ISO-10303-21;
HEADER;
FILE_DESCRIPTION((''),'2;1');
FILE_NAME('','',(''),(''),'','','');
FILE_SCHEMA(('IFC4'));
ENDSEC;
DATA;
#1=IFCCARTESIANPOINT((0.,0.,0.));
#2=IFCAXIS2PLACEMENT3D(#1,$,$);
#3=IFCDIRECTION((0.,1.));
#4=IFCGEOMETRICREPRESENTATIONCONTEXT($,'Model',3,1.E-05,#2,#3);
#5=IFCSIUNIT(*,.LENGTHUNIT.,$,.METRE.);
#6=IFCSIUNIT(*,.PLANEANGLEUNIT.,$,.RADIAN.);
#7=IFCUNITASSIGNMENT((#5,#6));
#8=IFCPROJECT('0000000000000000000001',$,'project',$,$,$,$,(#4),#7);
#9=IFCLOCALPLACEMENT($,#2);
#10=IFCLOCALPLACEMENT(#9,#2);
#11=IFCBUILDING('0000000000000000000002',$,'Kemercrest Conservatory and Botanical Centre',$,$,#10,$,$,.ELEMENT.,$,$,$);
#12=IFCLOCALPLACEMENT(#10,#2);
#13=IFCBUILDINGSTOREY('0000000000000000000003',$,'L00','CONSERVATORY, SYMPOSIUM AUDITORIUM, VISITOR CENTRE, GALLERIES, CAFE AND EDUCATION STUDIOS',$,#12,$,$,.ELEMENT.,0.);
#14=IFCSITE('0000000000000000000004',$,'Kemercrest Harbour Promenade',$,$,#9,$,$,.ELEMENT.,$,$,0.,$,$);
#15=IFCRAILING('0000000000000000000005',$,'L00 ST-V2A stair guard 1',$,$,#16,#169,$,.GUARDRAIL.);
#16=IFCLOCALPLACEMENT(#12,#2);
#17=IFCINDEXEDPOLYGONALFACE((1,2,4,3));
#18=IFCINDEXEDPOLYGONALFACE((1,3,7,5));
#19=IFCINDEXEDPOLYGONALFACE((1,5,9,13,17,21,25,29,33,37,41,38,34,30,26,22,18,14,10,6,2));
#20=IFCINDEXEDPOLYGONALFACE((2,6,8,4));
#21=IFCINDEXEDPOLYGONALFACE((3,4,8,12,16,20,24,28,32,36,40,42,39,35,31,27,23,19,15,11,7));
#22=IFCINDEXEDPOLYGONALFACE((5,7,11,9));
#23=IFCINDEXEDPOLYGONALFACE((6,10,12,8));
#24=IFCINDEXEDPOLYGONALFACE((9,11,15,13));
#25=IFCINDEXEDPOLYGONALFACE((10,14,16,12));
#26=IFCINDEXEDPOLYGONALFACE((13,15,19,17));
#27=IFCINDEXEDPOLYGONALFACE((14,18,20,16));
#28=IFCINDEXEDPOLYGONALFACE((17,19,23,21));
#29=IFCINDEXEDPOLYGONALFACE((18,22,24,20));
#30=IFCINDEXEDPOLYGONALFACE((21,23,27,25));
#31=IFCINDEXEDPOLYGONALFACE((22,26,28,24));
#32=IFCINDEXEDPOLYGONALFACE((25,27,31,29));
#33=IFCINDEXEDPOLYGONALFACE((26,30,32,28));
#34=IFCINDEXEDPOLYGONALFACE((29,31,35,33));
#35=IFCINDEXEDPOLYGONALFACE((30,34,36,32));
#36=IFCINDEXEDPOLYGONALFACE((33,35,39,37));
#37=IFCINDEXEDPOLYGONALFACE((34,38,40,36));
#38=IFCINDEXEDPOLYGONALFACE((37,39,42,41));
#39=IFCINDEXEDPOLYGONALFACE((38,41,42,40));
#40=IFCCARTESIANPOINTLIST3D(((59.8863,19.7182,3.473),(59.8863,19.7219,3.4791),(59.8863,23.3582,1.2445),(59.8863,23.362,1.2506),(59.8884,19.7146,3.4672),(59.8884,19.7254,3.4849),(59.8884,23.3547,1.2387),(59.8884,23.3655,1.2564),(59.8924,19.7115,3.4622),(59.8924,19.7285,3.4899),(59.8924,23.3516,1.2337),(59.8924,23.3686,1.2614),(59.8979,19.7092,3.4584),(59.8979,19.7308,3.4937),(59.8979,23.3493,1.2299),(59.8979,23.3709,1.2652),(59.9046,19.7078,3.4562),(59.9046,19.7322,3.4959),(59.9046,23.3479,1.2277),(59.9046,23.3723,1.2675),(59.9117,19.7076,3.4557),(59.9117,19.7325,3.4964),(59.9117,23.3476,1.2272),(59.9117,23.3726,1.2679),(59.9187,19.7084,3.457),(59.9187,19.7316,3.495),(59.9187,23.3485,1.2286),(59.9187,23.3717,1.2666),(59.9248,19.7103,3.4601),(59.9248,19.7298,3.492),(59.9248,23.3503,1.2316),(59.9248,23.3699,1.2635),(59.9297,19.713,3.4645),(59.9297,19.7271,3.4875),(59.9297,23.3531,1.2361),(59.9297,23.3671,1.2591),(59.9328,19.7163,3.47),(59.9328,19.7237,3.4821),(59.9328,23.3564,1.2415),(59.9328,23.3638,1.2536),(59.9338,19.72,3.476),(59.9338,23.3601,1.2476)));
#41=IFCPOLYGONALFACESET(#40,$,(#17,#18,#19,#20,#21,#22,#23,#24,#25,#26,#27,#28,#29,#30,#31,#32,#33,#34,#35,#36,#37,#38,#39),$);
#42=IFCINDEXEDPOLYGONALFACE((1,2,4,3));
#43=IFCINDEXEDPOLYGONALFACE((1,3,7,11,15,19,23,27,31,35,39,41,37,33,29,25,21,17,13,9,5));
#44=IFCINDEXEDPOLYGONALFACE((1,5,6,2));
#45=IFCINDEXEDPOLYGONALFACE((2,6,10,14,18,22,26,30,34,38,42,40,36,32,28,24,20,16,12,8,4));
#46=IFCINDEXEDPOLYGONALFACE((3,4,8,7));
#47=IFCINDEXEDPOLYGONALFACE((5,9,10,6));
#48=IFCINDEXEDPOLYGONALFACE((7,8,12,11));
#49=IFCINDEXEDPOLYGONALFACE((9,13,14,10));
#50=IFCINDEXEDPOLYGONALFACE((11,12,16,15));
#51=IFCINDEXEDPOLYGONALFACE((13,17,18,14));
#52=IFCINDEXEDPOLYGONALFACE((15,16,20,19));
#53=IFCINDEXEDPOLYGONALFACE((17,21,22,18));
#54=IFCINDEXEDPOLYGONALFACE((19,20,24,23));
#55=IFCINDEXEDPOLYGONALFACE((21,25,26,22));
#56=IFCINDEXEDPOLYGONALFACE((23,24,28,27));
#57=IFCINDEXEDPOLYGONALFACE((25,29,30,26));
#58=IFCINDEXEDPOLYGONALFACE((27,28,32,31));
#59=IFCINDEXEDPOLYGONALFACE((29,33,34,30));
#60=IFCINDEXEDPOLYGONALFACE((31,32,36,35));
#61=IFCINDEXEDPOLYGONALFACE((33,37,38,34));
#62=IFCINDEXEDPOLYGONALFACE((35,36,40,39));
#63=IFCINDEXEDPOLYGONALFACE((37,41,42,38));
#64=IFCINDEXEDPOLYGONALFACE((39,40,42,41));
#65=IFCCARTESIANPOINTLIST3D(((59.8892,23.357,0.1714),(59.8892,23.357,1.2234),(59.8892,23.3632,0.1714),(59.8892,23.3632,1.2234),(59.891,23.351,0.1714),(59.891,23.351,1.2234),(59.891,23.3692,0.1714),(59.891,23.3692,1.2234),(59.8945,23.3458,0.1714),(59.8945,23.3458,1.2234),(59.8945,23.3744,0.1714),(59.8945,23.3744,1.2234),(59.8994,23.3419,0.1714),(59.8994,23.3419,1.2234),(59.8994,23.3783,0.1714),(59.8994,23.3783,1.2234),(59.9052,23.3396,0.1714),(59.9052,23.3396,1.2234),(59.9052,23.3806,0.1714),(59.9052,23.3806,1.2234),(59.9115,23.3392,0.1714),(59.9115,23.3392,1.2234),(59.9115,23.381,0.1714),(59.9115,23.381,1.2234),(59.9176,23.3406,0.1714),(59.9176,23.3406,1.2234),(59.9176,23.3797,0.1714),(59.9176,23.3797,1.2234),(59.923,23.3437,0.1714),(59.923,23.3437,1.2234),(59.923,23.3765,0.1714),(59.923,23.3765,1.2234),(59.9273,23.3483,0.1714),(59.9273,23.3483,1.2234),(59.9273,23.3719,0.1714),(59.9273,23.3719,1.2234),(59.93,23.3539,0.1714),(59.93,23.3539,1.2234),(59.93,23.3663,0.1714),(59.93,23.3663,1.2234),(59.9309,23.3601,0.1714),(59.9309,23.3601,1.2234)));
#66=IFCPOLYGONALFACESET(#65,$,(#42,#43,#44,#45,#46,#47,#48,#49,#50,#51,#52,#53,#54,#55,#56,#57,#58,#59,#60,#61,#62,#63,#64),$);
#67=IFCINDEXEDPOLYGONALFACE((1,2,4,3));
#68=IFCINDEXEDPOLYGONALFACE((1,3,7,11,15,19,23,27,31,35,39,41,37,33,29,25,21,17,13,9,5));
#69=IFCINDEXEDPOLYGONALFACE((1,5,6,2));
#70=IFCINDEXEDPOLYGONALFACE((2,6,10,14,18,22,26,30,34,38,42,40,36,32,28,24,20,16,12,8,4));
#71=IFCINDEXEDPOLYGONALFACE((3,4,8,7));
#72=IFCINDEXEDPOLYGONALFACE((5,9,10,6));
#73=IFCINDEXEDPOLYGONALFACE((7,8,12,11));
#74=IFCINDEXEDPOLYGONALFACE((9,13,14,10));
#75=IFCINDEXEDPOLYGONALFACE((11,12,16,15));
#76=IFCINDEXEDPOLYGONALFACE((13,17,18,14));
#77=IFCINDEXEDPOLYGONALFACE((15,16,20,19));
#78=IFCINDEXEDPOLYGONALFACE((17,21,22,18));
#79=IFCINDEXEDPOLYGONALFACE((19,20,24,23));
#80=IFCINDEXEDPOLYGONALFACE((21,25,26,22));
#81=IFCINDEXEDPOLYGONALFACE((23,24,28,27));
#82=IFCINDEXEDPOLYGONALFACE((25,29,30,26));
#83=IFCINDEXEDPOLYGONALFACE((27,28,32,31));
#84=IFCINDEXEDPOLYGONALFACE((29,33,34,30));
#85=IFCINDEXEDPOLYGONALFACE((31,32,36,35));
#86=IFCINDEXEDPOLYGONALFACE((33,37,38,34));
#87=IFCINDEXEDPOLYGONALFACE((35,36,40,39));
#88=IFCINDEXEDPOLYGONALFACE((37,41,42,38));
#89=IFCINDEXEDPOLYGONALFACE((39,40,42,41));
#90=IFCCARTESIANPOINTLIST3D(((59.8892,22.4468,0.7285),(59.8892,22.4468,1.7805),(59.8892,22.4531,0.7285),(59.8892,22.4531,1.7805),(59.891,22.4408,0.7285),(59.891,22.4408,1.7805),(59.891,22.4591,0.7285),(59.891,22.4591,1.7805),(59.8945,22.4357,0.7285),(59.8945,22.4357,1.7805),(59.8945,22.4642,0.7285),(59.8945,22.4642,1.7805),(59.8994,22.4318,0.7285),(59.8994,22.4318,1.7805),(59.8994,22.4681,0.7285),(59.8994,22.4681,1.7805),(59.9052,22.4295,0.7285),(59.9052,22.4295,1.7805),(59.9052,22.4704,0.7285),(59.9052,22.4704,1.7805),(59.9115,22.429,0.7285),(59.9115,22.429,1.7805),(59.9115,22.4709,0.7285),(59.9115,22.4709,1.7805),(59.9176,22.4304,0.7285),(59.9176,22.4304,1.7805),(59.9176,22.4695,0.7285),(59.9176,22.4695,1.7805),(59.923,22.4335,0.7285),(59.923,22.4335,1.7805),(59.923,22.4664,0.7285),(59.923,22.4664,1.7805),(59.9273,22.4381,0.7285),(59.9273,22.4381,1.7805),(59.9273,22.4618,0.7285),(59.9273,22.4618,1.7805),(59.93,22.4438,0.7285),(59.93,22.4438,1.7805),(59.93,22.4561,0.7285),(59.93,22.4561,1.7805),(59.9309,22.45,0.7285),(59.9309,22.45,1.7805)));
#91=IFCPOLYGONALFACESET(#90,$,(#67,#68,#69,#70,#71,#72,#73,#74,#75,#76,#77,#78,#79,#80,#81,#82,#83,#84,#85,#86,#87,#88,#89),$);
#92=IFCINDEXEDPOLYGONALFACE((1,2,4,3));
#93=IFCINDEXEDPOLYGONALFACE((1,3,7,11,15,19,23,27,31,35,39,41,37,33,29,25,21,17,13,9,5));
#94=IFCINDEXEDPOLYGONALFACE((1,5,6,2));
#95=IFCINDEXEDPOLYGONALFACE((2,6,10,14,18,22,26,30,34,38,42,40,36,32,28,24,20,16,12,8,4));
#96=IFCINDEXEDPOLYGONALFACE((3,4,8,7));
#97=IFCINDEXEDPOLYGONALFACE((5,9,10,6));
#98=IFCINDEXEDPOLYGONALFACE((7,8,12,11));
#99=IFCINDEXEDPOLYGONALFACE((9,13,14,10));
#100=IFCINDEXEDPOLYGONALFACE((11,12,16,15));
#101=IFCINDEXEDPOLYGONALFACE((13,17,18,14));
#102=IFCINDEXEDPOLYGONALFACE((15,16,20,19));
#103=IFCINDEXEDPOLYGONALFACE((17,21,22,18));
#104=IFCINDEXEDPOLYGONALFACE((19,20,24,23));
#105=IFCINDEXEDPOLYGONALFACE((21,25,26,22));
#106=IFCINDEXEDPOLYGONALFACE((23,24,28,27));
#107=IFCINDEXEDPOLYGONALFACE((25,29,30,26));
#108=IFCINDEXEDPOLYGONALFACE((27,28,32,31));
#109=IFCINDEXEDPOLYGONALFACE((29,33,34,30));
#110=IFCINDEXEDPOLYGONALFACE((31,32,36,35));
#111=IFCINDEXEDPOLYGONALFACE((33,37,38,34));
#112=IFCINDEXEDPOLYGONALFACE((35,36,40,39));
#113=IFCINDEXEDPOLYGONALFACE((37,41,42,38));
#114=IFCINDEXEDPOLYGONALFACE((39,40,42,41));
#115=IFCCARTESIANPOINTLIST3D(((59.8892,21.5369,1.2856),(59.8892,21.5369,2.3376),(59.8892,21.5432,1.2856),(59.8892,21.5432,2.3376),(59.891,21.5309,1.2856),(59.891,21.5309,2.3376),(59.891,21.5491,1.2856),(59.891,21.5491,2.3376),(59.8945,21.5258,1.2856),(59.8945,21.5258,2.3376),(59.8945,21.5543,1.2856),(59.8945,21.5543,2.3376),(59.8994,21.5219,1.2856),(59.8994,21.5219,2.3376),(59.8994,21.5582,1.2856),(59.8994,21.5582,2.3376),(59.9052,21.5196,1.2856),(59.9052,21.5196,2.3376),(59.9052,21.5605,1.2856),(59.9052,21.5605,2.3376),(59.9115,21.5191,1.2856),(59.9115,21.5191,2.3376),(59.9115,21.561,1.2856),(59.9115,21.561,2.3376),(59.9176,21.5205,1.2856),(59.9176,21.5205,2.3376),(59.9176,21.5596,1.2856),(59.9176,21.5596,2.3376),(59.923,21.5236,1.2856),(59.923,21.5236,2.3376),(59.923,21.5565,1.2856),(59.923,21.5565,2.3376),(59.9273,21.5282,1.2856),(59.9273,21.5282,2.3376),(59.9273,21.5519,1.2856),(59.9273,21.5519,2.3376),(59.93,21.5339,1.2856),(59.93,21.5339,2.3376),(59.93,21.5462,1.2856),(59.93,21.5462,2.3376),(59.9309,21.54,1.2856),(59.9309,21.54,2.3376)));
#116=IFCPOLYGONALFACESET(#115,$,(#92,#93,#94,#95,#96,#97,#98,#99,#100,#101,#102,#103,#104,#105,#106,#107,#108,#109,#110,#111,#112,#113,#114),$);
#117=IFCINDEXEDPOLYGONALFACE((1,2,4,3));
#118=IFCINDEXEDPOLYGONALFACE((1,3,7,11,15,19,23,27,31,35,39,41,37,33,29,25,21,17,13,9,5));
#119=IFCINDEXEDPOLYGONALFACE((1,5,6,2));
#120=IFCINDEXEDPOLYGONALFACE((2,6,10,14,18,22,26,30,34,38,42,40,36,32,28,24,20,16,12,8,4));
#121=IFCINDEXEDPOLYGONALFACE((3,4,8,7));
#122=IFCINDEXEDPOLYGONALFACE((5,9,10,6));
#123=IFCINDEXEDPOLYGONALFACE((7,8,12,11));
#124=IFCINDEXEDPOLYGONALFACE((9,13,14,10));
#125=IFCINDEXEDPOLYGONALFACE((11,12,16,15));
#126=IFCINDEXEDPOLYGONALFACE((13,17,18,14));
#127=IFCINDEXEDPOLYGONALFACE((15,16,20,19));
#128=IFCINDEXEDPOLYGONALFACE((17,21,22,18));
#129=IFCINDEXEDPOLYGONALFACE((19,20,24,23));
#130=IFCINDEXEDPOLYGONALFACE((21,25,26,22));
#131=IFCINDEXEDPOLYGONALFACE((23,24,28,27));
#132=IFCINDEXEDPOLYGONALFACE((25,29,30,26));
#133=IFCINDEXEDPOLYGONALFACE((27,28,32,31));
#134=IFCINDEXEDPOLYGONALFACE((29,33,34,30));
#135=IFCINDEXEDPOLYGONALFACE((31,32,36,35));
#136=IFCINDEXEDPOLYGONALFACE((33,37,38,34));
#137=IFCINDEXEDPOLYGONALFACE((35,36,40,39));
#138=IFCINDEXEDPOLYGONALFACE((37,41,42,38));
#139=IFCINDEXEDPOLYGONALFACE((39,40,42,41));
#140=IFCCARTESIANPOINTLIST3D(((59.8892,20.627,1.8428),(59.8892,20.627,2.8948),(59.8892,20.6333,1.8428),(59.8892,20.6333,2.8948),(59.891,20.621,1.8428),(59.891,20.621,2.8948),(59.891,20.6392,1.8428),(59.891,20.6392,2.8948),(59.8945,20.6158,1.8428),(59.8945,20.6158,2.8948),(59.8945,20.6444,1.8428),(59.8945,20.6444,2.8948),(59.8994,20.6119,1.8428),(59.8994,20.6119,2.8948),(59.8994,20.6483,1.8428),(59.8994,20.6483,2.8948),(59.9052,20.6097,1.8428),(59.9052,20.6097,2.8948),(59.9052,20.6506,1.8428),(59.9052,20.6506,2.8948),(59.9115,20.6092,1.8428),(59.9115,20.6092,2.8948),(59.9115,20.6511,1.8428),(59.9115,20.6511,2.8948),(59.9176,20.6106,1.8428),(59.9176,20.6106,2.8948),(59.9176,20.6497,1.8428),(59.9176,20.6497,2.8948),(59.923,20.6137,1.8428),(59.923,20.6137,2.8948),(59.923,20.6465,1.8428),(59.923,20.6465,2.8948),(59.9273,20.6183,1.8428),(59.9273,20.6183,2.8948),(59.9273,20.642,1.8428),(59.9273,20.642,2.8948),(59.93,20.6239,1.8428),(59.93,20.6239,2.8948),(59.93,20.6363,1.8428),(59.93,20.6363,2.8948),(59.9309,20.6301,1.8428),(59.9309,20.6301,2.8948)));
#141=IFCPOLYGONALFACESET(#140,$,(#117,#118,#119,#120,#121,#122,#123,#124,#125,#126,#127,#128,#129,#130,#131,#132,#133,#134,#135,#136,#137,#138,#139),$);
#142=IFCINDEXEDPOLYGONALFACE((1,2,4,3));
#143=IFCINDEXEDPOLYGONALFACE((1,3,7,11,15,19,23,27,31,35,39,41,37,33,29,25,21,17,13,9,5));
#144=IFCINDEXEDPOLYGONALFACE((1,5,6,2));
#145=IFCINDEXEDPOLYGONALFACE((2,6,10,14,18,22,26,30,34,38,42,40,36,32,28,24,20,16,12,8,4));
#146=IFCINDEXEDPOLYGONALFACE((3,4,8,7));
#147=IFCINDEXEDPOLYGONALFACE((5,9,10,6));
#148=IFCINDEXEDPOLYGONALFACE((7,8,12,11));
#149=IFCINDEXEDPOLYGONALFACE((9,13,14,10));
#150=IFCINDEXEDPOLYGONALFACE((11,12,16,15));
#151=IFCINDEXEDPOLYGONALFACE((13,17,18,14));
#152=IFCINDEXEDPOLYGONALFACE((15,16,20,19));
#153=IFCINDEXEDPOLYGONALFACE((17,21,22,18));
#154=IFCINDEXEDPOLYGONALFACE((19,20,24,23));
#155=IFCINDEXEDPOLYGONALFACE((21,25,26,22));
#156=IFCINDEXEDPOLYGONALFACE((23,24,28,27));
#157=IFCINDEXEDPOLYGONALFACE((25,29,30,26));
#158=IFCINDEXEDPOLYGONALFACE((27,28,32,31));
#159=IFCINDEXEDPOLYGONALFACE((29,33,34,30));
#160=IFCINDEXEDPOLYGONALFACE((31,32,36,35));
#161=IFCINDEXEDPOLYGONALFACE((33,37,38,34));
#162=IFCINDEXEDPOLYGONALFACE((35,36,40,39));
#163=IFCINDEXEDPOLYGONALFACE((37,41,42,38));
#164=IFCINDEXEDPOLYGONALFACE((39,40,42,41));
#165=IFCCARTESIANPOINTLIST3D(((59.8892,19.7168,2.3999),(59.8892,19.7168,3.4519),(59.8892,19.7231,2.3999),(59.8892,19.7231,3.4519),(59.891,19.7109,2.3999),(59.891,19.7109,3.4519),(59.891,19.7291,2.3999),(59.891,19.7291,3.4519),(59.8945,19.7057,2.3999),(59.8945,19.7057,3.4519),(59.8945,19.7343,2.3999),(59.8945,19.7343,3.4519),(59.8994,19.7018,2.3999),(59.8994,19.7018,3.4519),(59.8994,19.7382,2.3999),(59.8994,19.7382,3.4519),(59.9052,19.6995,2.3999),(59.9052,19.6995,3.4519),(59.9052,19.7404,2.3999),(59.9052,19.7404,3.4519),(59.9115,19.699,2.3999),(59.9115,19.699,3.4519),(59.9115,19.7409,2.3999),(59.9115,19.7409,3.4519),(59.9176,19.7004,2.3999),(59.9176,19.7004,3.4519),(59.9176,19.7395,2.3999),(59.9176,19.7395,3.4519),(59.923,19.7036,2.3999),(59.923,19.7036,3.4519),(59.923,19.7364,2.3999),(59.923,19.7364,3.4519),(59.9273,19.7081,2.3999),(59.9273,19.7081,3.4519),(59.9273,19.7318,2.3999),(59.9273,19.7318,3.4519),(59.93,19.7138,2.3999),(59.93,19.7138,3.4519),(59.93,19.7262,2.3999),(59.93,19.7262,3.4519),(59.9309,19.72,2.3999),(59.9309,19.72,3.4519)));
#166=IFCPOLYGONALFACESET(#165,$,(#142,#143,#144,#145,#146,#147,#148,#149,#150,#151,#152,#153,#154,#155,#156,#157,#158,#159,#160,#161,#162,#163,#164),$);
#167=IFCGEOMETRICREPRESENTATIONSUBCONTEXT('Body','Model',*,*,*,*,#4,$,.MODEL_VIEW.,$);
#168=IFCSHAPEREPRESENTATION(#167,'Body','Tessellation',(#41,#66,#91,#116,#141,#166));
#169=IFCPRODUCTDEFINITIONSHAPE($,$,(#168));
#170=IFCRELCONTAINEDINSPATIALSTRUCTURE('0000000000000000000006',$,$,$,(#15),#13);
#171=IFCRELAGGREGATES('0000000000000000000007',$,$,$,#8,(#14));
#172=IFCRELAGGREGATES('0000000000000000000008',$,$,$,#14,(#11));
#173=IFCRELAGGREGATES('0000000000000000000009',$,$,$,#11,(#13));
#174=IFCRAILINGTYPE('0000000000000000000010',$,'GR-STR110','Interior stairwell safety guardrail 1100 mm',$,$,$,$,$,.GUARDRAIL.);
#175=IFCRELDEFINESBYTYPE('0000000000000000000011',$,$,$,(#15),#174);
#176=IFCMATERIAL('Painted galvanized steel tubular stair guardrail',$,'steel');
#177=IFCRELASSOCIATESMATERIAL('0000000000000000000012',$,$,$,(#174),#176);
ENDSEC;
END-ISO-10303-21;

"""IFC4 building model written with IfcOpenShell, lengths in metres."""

from ifc_helpers import new_model, si_unit, direction, frame, origin, origin_2d, place, context, subcontext, project, spatial, circle, extrude, material, type_object, element, save


model = new_model("IFC4")

# Units and contexts
model_context = context("Model", 3, precision=1e-05, world=origin(), true_north=direction((0.0, 1.0)))
body_context = subcontext(model_context, "Body", "Model", "MODEL_VIEW")
ifc_project = project(units=[si_unit("LENGTHUNIT", "METRE"), si_unit("PLANEANGLEUNIT", "RADIAN")], contexts=[model_context])

# Site, building, storey
site_placement = place(None, origin())
site = spatial("IfcSite", under=ifc_project, at=site_placement, Name="Kemercrest Harbour Promenade", CompositionType="ELEMENT", RefElevation=0.0)
building_placement = place(site_placement, origin())
building = spatial("IfcBuilding", under=site, at=building_placement, Name="Kemercrest Conservatory and Botanical Centre", CompositionType="ELEMENT")
storey_placement = place(building_placement, origin())
storey = spatial("IfcBuildingStorey", under=building, at=storey_placement, Name="L00", Description="CONSERVATORY, SYMPOSIUM AUDITORIUM, VISITOR CENTRE, GALLERIES, CAFE AND EDUCATION STUDIOS", CompositionType="ELEMENT", Elevation=0.0)

# Railing
ifc_material_1 = material(Name="Painted galvanized steel tubular stair guardrail", Category="steel")
railing_type_1 = type_object("IfcRailingType", Name="GR-STR110", Description="Interior stairwell safety guardrail 1100 mm", PredefinedType="GUARDRAIL", material=ifc_material_1)
railing_1_placement = place(storey_placement, frame((59.9099, 23.3601, 0.1714)))
element("IfcRailing", 1, at=railing_1_placement, inside=storey, type_object=railing_type_1, Name="L00 ST-V2A stair guard 1", PredefinedType="GUARDRAIL", context=body_context, shape_type="SweptSolid", body=[
    extrude(circle(Radius=0.0239, at=origin_2d()), frame((0.0, 0.0, 1.0762), z_axis=(0.0, -0.852866, 0.52213), x_axis=(1.0, 0.0, 0.0)), (0.0, 0.0, 1.0), 4.2681),
    extrude(circle(Radius=0.021, at=origin_2d()), origin(), (0.0, 0.0, 1.0), 1.052),
    extrude(circle(Radius=0.021, at=origin_2d()), frame((0.0, -0.9102, 0.5571)), (0.0, 0.0, 1.0), 1.052),
    extrude(circle(Radius=0.021, at=origin_2d()), frame((0.0, -1.8201, 1.1143)), (0.0, 0.0, 1.0), 1.052),
    extrude(circle(Radius=0.021, at=origin_2d()), frame((0.0, -2.73, 1.6714)), (0.0, 0.0, 1.0), 1.052),
    extrude(circle(Radius=0.021, at=origin_2d()), frame((0.0, -3.6401, 2.2285)), (0.0, 0.0, 1.0), 1.052),
])

save(model, "model.ifc")
